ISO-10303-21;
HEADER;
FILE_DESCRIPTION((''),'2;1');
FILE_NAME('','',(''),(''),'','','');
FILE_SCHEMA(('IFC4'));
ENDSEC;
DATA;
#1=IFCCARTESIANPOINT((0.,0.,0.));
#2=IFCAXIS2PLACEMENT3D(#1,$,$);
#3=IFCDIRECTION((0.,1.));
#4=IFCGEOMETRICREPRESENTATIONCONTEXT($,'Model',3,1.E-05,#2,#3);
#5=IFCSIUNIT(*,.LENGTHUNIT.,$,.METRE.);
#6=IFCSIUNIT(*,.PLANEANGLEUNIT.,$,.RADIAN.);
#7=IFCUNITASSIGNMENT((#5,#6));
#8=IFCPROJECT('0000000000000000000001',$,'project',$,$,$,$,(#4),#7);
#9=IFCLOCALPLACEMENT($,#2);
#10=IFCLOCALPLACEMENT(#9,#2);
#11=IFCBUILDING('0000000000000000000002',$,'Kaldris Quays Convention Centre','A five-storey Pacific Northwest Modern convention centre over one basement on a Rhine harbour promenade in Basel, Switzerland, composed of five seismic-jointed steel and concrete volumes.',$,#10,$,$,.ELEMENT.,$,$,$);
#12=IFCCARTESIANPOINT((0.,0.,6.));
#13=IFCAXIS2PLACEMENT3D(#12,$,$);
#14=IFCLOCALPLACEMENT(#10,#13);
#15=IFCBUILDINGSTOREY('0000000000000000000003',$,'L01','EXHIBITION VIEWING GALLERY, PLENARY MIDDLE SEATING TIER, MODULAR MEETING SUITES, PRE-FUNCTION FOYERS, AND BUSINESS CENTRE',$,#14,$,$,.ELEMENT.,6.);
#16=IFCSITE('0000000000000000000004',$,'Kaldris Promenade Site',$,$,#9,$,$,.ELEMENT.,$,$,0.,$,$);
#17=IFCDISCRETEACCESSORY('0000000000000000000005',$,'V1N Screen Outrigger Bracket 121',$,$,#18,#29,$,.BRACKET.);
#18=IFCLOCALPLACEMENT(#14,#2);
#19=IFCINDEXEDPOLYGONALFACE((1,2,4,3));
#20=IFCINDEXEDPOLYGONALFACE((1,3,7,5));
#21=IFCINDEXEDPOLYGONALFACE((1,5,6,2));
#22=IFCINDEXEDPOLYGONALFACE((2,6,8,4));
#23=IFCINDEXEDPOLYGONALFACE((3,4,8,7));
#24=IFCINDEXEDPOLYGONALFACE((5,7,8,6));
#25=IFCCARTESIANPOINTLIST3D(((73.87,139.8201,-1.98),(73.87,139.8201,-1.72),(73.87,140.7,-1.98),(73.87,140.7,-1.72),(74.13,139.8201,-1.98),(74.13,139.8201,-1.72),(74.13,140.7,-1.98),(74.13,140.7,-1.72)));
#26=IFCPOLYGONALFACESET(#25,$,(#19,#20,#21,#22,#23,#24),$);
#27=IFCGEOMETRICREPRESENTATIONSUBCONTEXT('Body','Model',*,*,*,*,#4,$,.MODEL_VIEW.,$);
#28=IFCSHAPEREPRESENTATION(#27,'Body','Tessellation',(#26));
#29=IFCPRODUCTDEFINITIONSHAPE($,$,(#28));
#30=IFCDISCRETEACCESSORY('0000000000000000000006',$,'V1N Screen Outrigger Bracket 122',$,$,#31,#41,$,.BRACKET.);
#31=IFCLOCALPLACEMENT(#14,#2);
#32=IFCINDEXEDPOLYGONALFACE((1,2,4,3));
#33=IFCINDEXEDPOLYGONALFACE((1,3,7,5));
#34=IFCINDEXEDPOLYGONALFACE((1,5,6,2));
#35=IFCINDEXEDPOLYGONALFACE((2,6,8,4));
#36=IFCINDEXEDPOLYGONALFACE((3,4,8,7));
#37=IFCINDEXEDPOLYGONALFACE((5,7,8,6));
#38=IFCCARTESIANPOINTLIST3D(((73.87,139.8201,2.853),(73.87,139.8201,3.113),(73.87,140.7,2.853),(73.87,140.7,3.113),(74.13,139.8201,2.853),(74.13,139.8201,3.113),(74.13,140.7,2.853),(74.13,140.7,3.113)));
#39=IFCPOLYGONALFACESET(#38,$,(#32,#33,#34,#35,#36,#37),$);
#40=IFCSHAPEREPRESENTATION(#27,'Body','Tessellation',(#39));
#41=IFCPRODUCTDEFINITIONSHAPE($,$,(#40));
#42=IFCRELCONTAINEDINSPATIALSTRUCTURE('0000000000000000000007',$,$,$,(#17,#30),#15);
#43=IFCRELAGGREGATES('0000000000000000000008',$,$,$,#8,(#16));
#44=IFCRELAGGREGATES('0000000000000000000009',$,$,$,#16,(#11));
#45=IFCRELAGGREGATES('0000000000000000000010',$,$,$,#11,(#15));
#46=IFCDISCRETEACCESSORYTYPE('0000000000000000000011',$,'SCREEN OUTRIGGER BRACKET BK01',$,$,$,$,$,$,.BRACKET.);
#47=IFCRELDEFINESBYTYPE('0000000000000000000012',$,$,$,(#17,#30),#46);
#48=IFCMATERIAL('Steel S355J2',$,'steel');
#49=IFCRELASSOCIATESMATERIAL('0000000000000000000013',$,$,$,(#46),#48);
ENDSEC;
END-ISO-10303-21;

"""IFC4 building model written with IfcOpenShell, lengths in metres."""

from ifc_helpers import new_model, si_unit, direction, frame, origin, origin_2d, place, context, subcontext, project, spatial, rectangle, extrude, material, type_object, element, save


model = new_model("IFC4")

# Units and contexts
model_context = context("Model", 3, precision=1e-05, world=origin(), true_north=direction((0.0, 1.0)))
body_context = subcontext(model_context, "Body", "Model", "MODEL_VIEW")
ifc_project = project(units=[si_unit("LENGTHUNIT", "METRE"), si_unit("PLANEANGLEUNIT", "RADIAN")], contexts=[model_context])

# Site, building, storey
site_placement = place(None, origin())
site = spatial("IfcSite", under=ifc_project, at=site_placement, Name="Kaldris Promenade Site", CompositionType="ELEMENT", RefElevation=0.0)
building_placement = place(site_placement, origin())
building = spatial("IfcBuilding", under=site, at=building_placement, Name="Kaldris Quays Convention Centre", Description="A five-storey Pacific Northwest Modern convention centre over one basement on a Rhine harbour promenade in Basel, Switzerland, composed of five seismic-jointed steel and concrete volumes.", CompositionType="ELEMENT")
storey_placement = place(building_placement, frame((0.0, 0.0, 6.0)))
storey = spatial("IfcBuildingStorey", under=building, at=storey_placement, Name="L01", Description="EXHIBITION VIEWING GALLERY, PLENARY MIDDLE SEATING TIER, MODULAR MEETING SUITES, PRE-FUNCTION FOYERS, AND BUSINESS CENTRE", CompositionType="ELEMENT", Elevation=6.0)

# Shared definitions
ifc_material_1 = material(Name="Steel S355J2", Category="steel")

# Discrete accessories
discrete_accessory_type = type_object("IfcDiscreteAccessoryType", Name="SCREEN OUTRIGGER BRACKET BK01", PredefinedType="BRACKET", material=ifc_material_1)
for number, where, z_axis, x_axis, name in (
    (1, (74.0, 140.26, -1.98), (0.0, 0.0, 1.0), (1.0, 0.0, 0.0), "V1N Screen Outrigger Bracket 121"),
    (2, (74.0, 140.26, 2.853), (0.0, 0.0, 1.0), (1.0, 0.0, 0.0), "V1N Screen Outrigger Bracket 122"),
):
    element("IfcDiscreteAccessory", number, at=place(storey_placement, frame(where, z_axis=z_axis, x_axis=x_axis)), inside=storey, type_object=discrete_accessory_type, Name=name, PredefinedType="BRACKET", context=body_context, shape_type="SweptSolid", body=[
        extrude(rectangle(XDim=0.26, YDim=0.8799, at=origin_2d()), origin(), (0.0, 0.0, 1.0), 0.26),
    ])

save(model, "model.ifc")
